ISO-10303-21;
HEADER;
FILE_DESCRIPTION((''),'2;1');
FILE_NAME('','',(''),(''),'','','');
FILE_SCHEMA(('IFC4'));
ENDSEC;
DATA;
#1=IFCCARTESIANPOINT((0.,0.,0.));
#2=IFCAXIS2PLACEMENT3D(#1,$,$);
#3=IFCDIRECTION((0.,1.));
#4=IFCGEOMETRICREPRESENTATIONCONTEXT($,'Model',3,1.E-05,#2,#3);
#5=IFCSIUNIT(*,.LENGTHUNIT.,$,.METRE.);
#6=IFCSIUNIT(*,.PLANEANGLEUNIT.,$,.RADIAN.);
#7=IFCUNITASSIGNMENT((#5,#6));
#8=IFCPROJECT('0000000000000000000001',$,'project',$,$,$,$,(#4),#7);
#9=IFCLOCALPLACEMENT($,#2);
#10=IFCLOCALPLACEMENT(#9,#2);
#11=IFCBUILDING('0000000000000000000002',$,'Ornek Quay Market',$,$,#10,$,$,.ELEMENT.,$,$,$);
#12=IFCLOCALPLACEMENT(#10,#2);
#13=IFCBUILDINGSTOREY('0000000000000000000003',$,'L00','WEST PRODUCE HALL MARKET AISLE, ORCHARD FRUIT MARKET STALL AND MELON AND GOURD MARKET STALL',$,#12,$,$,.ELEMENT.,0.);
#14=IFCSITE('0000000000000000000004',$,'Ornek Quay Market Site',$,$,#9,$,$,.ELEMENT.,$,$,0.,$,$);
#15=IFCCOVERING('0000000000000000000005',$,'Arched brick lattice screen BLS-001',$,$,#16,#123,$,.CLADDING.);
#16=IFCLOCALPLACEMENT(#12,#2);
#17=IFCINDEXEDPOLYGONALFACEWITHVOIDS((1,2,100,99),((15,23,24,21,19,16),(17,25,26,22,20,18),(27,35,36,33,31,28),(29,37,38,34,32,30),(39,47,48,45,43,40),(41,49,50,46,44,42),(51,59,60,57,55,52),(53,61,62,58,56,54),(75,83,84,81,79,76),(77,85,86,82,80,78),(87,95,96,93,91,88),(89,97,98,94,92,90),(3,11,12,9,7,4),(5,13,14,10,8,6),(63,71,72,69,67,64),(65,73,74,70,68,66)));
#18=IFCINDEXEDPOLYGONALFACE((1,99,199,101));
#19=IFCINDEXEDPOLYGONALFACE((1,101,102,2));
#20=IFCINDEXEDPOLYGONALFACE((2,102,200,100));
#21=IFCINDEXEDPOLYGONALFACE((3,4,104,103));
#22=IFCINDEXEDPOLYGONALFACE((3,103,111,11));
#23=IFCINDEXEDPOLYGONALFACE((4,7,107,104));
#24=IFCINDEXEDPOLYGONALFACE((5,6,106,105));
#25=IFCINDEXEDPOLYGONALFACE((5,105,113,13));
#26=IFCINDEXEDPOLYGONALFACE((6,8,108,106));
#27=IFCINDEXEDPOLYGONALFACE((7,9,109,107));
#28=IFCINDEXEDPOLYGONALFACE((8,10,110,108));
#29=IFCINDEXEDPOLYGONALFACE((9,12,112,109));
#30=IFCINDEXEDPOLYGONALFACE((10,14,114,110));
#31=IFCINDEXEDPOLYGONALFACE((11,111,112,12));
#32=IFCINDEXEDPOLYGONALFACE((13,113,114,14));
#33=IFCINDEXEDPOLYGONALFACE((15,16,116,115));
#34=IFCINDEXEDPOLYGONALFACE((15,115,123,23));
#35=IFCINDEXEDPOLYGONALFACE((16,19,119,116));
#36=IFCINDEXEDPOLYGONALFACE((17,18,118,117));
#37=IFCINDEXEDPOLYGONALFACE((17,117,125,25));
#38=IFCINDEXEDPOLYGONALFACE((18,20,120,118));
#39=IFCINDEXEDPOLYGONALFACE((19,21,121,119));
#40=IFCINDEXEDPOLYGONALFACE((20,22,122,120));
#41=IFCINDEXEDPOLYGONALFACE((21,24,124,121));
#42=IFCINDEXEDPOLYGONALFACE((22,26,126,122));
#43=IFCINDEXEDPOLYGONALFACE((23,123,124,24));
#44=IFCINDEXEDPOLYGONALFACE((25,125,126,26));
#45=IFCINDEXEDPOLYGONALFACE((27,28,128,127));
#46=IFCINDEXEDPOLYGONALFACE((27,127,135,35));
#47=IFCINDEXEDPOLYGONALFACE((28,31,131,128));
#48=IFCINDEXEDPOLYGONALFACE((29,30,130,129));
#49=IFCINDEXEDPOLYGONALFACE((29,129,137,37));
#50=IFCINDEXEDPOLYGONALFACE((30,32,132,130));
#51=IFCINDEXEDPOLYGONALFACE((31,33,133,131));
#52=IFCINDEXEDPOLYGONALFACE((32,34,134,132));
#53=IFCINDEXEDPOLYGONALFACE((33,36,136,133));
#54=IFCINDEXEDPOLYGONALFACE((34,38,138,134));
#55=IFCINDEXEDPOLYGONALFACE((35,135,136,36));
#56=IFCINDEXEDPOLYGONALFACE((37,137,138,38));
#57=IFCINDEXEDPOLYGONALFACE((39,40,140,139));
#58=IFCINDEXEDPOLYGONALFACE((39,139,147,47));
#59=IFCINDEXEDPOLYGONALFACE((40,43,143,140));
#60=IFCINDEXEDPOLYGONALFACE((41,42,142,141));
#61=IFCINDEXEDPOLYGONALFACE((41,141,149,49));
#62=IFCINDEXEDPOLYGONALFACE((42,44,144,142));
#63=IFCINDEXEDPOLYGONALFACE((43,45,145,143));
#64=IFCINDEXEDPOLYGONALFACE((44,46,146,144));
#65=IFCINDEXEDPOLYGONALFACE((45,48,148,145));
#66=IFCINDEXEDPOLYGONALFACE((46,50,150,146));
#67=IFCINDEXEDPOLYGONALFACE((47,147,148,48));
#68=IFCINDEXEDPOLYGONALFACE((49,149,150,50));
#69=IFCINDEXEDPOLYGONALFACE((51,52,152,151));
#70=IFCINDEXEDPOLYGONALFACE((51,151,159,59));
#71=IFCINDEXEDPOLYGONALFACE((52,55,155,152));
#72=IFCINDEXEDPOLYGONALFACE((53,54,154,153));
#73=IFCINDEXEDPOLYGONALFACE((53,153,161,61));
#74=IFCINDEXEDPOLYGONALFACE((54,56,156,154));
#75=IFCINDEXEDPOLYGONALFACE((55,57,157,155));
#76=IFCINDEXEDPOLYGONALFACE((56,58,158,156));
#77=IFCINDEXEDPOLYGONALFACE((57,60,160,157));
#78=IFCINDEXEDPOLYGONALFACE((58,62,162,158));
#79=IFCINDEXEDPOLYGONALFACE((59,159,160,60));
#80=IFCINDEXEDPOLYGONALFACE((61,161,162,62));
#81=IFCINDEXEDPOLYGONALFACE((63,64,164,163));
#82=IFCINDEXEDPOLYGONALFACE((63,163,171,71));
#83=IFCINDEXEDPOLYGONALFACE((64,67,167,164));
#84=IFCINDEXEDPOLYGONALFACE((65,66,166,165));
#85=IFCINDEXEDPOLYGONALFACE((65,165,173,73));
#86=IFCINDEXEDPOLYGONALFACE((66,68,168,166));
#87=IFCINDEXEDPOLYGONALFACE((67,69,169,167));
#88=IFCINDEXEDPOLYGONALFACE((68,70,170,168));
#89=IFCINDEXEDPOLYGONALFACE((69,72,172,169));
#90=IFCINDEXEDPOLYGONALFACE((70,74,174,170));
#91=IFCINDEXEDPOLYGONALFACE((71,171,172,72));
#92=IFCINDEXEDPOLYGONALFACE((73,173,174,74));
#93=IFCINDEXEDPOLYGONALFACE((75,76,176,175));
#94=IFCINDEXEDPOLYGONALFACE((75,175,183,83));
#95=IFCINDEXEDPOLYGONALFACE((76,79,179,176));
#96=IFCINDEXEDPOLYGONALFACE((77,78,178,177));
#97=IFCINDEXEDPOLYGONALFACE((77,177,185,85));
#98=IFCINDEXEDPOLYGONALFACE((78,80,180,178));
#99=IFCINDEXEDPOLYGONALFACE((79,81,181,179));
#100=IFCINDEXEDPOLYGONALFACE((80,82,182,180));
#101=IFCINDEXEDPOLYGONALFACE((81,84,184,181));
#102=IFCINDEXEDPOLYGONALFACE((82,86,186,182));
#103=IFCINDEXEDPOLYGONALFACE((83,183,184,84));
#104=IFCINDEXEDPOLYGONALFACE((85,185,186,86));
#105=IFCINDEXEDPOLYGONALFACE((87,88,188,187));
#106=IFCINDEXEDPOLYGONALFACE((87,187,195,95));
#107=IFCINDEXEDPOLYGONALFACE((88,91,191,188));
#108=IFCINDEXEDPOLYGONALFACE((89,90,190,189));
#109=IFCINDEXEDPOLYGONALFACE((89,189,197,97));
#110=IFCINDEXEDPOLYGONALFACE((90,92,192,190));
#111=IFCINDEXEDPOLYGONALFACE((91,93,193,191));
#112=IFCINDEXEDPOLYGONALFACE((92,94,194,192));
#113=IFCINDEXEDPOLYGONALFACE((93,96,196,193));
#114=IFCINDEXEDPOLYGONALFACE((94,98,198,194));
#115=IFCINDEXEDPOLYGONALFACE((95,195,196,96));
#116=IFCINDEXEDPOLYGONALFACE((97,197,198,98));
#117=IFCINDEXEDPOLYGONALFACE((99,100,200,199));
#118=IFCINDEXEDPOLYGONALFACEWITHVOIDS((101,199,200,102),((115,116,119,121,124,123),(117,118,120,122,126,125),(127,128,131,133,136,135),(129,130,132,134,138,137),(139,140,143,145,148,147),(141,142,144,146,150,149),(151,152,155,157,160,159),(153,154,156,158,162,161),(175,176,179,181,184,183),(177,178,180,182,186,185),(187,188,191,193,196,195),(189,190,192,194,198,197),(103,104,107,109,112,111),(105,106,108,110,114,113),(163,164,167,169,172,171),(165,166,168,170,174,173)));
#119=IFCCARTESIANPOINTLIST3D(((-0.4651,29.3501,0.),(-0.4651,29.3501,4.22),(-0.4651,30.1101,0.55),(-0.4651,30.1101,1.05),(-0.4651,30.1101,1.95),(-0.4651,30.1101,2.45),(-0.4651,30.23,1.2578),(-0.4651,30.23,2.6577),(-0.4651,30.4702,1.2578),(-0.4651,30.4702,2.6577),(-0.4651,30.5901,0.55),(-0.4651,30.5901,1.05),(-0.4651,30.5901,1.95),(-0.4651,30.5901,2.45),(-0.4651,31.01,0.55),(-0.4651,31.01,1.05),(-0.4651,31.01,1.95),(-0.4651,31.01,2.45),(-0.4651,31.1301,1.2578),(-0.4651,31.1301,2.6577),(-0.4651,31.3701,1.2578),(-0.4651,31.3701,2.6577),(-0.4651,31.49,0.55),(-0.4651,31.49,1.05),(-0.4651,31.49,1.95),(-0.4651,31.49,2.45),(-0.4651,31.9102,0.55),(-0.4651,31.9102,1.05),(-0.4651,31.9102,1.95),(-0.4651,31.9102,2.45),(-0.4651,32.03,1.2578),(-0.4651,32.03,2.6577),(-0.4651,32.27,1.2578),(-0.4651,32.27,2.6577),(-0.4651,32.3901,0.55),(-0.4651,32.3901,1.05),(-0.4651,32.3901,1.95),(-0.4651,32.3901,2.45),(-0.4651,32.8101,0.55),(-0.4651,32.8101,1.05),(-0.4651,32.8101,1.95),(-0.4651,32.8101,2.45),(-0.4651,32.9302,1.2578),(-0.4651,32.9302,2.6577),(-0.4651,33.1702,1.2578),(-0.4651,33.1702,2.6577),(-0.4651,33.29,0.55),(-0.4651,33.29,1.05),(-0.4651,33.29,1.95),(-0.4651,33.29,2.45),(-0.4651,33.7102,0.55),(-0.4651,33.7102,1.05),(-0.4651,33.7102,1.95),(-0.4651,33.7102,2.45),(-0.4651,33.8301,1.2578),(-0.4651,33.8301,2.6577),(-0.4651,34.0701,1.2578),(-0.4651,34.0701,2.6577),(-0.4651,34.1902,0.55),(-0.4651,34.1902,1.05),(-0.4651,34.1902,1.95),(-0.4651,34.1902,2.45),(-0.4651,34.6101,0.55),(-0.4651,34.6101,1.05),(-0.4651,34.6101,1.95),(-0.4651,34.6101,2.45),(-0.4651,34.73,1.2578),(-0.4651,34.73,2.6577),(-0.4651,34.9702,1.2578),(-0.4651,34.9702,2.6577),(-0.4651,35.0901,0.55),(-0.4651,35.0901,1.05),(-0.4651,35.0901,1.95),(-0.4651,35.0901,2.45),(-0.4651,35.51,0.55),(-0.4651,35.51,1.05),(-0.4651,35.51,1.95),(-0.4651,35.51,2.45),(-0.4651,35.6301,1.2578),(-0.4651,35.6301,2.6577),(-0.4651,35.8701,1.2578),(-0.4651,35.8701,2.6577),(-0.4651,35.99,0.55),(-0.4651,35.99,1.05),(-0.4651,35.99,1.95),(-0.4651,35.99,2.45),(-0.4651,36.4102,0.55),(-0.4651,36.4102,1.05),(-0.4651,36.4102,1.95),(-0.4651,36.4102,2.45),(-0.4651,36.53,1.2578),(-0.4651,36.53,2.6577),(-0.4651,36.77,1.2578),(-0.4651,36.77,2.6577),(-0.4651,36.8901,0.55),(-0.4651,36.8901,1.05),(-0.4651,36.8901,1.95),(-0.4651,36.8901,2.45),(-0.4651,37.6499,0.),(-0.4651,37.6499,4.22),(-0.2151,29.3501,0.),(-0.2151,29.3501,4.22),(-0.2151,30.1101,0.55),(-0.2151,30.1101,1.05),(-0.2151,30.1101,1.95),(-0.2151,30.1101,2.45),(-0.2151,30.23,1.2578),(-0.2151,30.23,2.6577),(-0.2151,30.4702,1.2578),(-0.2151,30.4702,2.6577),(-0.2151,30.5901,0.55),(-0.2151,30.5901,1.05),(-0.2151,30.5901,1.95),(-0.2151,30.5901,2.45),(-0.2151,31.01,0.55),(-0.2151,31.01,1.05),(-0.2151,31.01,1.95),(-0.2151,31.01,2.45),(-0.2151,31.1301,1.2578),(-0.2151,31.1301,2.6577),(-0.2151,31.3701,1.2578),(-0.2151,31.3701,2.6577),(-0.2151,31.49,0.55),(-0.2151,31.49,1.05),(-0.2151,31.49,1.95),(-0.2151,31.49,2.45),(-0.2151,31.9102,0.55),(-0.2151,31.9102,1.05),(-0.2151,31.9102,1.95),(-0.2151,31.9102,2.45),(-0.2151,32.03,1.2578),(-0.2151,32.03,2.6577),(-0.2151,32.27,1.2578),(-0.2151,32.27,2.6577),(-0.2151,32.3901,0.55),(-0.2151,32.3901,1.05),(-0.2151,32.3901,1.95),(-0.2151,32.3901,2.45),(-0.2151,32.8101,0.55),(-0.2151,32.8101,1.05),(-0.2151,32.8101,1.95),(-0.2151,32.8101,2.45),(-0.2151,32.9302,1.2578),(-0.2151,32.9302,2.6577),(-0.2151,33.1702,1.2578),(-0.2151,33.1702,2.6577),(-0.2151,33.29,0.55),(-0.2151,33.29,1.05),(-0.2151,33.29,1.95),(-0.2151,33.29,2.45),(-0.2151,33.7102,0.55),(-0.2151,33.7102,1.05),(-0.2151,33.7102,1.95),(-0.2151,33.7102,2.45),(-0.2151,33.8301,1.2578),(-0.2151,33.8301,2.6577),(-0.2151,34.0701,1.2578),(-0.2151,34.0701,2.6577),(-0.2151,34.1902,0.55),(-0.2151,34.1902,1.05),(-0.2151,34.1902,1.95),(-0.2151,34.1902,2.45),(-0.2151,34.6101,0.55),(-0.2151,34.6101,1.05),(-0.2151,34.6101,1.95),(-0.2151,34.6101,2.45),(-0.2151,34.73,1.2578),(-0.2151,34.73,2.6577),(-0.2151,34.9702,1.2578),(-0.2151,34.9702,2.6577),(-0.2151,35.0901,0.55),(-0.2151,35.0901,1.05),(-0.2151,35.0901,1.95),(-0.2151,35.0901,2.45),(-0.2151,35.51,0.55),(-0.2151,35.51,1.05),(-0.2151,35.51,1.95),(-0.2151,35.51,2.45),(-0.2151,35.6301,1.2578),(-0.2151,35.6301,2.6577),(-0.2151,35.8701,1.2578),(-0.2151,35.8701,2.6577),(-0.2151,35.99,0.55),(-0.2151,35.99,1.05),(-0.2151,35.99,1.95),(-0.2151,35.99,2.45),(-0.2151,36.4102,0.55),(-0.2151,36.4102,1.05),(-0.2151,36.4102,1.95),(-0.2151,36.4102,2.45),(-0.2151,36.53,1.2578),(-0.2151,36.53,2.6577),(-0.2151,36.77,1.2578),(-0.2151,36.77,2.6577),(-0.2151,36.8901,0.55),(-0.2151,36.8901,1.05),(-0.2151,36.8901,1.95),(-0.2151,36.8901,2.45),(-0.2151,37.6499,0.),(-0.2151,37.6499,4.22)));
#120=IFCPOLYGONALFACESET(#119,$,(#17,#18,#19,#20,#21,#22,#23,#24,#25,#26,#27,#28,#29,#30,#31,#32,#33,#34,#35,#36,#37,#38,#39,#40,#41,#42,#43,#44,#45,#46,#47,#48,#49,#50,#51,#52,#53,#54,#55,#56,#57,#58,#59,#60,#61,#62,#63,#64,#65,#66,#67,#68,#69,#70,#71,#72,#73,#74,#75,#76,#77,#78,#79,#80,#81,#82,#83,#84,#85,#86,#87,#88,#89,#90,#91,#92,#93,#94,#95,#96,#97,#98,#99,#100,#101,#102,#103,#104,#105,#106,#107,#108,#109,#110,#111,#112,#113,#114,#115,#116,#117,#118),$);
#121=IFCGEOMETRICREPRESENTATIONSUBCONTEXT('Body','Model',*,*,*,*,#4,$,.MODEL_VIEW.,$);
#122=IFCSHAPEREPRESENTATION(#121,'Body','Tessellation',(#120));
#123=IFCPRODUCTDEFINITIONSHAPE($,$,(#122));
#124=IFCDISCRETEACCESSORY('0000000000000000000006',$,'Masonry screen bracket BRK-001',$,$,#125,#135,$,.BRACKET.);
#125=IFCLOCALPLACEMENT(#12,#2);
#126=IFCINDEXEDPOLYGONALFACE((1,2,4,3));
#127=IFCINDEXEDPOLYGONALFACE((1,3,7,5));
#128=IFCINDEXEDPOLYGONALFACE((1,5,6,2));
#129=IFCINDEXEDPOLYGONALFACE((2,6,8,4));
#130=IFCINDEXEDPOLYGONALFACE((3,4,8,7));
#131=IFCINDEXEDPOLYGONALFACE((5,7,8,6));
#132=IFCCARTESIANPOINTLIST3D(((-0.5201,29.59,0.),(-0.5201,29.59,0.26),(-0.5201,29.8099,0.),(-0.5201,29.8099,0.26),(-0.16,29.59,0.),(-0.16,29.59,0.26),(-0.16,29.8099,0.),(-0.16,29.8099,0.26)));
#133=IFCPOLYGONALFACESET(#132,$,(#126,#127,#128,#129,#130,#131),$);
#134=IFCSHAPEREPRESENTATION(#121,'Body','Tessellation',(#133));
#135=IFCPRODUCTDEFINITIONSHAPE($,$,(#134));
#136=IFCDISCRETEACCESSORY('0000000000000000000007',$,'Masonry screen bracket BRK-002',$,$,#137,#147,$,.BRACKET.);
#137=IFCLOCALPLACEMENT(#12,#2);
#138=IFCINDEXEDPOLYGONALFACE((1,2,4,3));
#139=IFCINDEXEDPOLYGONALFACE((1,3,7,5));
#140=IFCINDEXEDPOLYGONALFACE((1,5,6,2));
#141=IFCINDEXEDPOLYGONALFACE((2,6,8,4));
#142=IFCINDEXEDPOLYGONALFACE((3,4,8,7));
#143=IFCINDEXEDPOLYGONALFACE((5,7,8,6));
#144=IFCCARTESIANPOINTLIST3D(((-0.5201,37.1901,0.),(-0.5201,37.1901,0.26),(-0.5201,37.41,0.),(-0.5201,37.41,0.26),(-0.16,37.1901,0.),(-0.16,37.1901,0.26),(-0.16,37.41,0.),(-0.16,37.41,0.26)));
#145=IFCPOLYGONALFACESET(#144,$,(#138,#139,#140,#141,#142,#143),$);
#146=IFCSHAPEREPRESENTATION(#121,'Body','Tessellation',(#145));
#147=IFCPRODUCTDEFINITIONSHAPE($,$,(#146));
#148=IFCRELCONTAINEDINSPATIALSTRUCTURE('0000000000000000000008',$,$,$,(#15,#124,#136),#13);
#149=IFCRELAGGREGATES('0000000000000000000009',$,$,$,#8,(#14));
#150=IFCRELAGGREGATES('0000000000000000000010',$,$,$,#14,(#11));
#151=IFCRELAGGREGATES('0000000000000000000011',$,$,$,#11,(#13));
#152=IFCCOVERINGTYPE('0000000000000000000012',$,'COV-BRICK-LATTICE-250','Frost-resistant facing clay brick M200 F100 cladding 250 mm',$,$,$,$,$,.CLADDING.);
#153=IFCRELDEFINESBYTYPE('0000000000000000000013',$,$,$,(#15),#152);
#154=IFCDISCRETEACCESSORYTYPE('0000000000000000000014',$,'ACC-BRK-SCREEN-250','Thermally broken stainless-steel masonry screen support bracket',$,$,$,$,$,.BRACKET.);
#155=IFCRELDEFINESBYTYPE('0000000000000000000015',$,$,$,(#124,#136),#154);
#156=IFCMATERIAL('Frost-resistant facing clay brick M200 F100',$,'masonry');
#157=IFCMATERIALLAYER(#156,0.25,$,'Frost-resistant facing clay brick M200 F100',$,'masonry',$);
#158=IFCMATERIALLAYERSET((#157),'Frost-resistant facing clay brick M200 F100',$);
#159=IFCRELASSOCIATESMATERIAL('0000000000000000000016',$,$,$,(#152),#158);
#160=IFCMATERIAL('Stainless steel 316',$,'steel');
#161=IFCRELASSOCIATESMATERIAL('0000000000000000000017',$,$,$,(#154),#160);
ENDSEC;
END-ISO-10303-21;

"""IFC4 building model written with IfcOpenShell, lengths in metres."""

from ifc_helpers import new_model, si_unit, direction, frame, origin, origin_2d, place, context, subcontext, project, spatial, polyline, rectangle, outline, extrude, material, layer, layer_set, type_object, element, save


model = new_model("IFC4")

# Units and contexts
model_context = context("Model", 3, precision=1e-05, world=origin(), true_north=direction((0.0, 1.0)))
body_context = subcontext(model_context, "Body", "Model", "MODEL_VIEW")
ifc_project = project(units=[si_unit("LENGTHUNIT", "METRE"), si_unit("PLANEANGLEUNIT", "RADIAN")], contexts=[model_context])

# Site, building, storey
site_placement = place(None, origin())
site = spatial("IfcSite", under=ifc_project, at=site_placement, Name="Ornek Quay Market Site", CompositionType="ELEMENT", RefElevation=0.0)
building_placement = place(site_placement, origin())
building = spatial("IfcBuilding", under=site, at=building_placement, Name="Ornek Quay Market", CompositionType="ELEMENT")
storey_placement = place(building_placement, origin())
storey = spatial("IfcBuildingStorey", under=building, at=storey_placement, Name="L00", Description="WEST PRODUCE HALL MARKET AISLE, ORCHARD FRUIT MARKET STALL AND MELON AND GOURD MARKET STALL", CompositionType="ELEMENT", Elevation=0.0)

# Shared definitions
ifc_material_1 = material(Name="Frost-resistant facing clay brick M200 F100", Category="masonry")

# Covering
ifc_layer_1 = layer(ifc_material_1, 0.25, Name="Frost-resistant facing clay brick M200 F100", Category="masonry")
ifc_layer_set_1 = layer_set([ifc_layer_1], Name="Frost-resistant facing clay brick M200 F100")
covering_type = type_object("IfcCoveringType", Name="COV-BRICK-LATTICE-250", Description="Frost-resistant facing clay brick M200 F100 cladding 250 mm", PredefinedType="CLADDING", material=ifc_layer_set_1)
covering_placement = place(storey_placement, frame((-0.3401, 29.3501, 0.0), z_axis=(0.0, 0.0, 1.0), x_axis=(0.0, 1.0, 0.0)))
element("IfcCovering", 1, at=covering_placement, inside=storey, type_object=covering_type, Name="Arched brick lattice screen BLS-001", PredefinedType="CLADDING", context=body_context, shape_type="SweptSolid", body=[
    extrude(outline(polyline([(0.0, 0.0), (8.2998, 0.0), (8.2998, 4.22), (0.0, 4.22), (0.0, 0.0)]), holes=[polyline([(0.76, 0.55), (1.24, 0.55), (1.24, 1.05), (1.1201, 1.2578), (0.8799, 1.2578), (0.76, 1.05), (0.76, 0.55)]), polyline([(0.76, 1.95), (1.24, 1.95), (1.24, 2.45), (1.1201, 2.6577), (0.8799, 2.6577), (0.76, 2.45), (0.76, 1.95)]), polyline([(1.6599, 0.55), (2.1399, 0.55), (2.1399, 1.05), (2.02, 1.2578), (1.78, 1.2578), (1.6599, 1.05), (1.6599, 0.55)]), polyline([(1.6599, 1.95), (2.1399, 1.95), (2.1399, 2.45), (2.02, 2.6577), (1.78, 2.6577), (1.6599, 2.45), (1.6599, 1.95)]), polyline([(2.5601, 0.55), (3.04, 0.55), (3.04, 1.05), (2.9199, 1.2578), (2.6799, 1.2578), (2.5601, 1.05), (2.5601, 0.55)]), polyline([(2.5601, 1.95), (3.04, 1.95), (3.04, 2.45), (2.9199, 2.6577), (2.6799, 2.6577), (2.5601, 2.45), (2.5601, 1.95)]), polyline([(3.46, 0.55), (3.9399, 0.55), (3.9399, 1.05), (3.8201, 1.2578), (3.5801, 1.2578), (3.46, 1.05), (3.46, 0.55)]), polyline([(3.46, 1.95), (3.9399, 1.95), (3.9399, 2.45), (3.8201, 2.6577), (3.5801, 2.6577), (3.46, 2.45), (3.46, 1.95)]), polyline([(4.3601, 0.55), (4.8401, 0.55), (4.8401, 1.05), (4.72, 1.2578), (4.48, 1.2578), (4.3601, 1.05), (4.3601, 0.55)]), polyline([(4.3601, 1.95), (4.8401, 1.95), (4.8401, 2.45), (4.72, 2.6577), (4.48, 2.6577), (4.3601, 2.45), (4.3601, 1.95)]), polyline([(5.26, 0.55), (5.74, 0.55), (5.74, 1.05), (5.6201, 1.2578), (5.3799, 1.2578), (5.26, 1.05), (5.26, 0.55)]), polyline([(5.26, 1.95), (5.74, 1.95), (5.74, 2.45), (5.6201, 2.6577), (5.3799, 2.6577), (5.26, 2.45), (5.26, 1.95)]), polyline([(6.1599, 0.55), (6.6399, 0.55), (6.6399, 1.05), (6.52, 1.2578), (6.28, 1.2578), (6.1599, 1.05), (6.1599, 0.55)]), polyline([(6.1599, 1.95), (6.6399, 1.95), (6.6399, 2.45), (6.52, 2.6577), (6.28, 2.6577), (6.1599, 2.45), (6.1599, 1.95)]), polyline([(7.0601, 0.55), (7.54, 0.55), (7.54, 1.05), (7.4199, 1.2578), (7.1799, 1.2578), (7.0601, 1.05), (7.0601, 0.55)]), polyline([(7.0601, 1.95), (7.54, 1.95), (7.54, 2.45), (7.4199, 2.6577), (7.1799, 2.6577), (7.0601, 2.45), (7.0601, 1.95)])]), frame((0.0, 0.125, 0.0), z_axis=(0.0, -1.0, 0.0), x_axis=(1.0, 0.0, 0.0)), (0.0, 0.0, 1.0), 0.25),
])

# Discrete accessories
ifc_material_2 = material(Name="Stainless steel 316", Category="steel")
discrete_accessory_type = type_object("IfcDiscreteAccessoryType", Name="ACC-BRK-SCREEN-250", Description="Thermally broken stainless-steel masonry screen support bracket", PredefinedType="BRACKET", material=ifc_material_2)
for number, where, z_axis, x_axis, name in (
    (2, (-0.3401, 29.7, 0.0), (0.0, 0.0, 1.0), (0.0, 1.0, 0.0), "Masonry screen bracket BRK-001"),
    (3, (-0.3401, 37.3, 0.0), (0.0, 0.0, 1.0), (0.0, 1.0, 0.0), "Masonry screen bracket BRK-002"),
):
    element("IfcDiscreteAccessory", number, at=place(storey_placement, frame(where, z_axis=z_axis, x_axis=x_axis)), inside=storey, type_object=discrete_accessory_type, Name=name, PredefinedType="BRACKET", context=body_context, shape_type="SweptSolid", body=[
        extrude(rectangle(XDim=0.22, YDim=0.3601, at=origin_2d()), origin(), (0.0, 0.0, 1.0), 0.26),
    ])

save(model, "model.ifc")
